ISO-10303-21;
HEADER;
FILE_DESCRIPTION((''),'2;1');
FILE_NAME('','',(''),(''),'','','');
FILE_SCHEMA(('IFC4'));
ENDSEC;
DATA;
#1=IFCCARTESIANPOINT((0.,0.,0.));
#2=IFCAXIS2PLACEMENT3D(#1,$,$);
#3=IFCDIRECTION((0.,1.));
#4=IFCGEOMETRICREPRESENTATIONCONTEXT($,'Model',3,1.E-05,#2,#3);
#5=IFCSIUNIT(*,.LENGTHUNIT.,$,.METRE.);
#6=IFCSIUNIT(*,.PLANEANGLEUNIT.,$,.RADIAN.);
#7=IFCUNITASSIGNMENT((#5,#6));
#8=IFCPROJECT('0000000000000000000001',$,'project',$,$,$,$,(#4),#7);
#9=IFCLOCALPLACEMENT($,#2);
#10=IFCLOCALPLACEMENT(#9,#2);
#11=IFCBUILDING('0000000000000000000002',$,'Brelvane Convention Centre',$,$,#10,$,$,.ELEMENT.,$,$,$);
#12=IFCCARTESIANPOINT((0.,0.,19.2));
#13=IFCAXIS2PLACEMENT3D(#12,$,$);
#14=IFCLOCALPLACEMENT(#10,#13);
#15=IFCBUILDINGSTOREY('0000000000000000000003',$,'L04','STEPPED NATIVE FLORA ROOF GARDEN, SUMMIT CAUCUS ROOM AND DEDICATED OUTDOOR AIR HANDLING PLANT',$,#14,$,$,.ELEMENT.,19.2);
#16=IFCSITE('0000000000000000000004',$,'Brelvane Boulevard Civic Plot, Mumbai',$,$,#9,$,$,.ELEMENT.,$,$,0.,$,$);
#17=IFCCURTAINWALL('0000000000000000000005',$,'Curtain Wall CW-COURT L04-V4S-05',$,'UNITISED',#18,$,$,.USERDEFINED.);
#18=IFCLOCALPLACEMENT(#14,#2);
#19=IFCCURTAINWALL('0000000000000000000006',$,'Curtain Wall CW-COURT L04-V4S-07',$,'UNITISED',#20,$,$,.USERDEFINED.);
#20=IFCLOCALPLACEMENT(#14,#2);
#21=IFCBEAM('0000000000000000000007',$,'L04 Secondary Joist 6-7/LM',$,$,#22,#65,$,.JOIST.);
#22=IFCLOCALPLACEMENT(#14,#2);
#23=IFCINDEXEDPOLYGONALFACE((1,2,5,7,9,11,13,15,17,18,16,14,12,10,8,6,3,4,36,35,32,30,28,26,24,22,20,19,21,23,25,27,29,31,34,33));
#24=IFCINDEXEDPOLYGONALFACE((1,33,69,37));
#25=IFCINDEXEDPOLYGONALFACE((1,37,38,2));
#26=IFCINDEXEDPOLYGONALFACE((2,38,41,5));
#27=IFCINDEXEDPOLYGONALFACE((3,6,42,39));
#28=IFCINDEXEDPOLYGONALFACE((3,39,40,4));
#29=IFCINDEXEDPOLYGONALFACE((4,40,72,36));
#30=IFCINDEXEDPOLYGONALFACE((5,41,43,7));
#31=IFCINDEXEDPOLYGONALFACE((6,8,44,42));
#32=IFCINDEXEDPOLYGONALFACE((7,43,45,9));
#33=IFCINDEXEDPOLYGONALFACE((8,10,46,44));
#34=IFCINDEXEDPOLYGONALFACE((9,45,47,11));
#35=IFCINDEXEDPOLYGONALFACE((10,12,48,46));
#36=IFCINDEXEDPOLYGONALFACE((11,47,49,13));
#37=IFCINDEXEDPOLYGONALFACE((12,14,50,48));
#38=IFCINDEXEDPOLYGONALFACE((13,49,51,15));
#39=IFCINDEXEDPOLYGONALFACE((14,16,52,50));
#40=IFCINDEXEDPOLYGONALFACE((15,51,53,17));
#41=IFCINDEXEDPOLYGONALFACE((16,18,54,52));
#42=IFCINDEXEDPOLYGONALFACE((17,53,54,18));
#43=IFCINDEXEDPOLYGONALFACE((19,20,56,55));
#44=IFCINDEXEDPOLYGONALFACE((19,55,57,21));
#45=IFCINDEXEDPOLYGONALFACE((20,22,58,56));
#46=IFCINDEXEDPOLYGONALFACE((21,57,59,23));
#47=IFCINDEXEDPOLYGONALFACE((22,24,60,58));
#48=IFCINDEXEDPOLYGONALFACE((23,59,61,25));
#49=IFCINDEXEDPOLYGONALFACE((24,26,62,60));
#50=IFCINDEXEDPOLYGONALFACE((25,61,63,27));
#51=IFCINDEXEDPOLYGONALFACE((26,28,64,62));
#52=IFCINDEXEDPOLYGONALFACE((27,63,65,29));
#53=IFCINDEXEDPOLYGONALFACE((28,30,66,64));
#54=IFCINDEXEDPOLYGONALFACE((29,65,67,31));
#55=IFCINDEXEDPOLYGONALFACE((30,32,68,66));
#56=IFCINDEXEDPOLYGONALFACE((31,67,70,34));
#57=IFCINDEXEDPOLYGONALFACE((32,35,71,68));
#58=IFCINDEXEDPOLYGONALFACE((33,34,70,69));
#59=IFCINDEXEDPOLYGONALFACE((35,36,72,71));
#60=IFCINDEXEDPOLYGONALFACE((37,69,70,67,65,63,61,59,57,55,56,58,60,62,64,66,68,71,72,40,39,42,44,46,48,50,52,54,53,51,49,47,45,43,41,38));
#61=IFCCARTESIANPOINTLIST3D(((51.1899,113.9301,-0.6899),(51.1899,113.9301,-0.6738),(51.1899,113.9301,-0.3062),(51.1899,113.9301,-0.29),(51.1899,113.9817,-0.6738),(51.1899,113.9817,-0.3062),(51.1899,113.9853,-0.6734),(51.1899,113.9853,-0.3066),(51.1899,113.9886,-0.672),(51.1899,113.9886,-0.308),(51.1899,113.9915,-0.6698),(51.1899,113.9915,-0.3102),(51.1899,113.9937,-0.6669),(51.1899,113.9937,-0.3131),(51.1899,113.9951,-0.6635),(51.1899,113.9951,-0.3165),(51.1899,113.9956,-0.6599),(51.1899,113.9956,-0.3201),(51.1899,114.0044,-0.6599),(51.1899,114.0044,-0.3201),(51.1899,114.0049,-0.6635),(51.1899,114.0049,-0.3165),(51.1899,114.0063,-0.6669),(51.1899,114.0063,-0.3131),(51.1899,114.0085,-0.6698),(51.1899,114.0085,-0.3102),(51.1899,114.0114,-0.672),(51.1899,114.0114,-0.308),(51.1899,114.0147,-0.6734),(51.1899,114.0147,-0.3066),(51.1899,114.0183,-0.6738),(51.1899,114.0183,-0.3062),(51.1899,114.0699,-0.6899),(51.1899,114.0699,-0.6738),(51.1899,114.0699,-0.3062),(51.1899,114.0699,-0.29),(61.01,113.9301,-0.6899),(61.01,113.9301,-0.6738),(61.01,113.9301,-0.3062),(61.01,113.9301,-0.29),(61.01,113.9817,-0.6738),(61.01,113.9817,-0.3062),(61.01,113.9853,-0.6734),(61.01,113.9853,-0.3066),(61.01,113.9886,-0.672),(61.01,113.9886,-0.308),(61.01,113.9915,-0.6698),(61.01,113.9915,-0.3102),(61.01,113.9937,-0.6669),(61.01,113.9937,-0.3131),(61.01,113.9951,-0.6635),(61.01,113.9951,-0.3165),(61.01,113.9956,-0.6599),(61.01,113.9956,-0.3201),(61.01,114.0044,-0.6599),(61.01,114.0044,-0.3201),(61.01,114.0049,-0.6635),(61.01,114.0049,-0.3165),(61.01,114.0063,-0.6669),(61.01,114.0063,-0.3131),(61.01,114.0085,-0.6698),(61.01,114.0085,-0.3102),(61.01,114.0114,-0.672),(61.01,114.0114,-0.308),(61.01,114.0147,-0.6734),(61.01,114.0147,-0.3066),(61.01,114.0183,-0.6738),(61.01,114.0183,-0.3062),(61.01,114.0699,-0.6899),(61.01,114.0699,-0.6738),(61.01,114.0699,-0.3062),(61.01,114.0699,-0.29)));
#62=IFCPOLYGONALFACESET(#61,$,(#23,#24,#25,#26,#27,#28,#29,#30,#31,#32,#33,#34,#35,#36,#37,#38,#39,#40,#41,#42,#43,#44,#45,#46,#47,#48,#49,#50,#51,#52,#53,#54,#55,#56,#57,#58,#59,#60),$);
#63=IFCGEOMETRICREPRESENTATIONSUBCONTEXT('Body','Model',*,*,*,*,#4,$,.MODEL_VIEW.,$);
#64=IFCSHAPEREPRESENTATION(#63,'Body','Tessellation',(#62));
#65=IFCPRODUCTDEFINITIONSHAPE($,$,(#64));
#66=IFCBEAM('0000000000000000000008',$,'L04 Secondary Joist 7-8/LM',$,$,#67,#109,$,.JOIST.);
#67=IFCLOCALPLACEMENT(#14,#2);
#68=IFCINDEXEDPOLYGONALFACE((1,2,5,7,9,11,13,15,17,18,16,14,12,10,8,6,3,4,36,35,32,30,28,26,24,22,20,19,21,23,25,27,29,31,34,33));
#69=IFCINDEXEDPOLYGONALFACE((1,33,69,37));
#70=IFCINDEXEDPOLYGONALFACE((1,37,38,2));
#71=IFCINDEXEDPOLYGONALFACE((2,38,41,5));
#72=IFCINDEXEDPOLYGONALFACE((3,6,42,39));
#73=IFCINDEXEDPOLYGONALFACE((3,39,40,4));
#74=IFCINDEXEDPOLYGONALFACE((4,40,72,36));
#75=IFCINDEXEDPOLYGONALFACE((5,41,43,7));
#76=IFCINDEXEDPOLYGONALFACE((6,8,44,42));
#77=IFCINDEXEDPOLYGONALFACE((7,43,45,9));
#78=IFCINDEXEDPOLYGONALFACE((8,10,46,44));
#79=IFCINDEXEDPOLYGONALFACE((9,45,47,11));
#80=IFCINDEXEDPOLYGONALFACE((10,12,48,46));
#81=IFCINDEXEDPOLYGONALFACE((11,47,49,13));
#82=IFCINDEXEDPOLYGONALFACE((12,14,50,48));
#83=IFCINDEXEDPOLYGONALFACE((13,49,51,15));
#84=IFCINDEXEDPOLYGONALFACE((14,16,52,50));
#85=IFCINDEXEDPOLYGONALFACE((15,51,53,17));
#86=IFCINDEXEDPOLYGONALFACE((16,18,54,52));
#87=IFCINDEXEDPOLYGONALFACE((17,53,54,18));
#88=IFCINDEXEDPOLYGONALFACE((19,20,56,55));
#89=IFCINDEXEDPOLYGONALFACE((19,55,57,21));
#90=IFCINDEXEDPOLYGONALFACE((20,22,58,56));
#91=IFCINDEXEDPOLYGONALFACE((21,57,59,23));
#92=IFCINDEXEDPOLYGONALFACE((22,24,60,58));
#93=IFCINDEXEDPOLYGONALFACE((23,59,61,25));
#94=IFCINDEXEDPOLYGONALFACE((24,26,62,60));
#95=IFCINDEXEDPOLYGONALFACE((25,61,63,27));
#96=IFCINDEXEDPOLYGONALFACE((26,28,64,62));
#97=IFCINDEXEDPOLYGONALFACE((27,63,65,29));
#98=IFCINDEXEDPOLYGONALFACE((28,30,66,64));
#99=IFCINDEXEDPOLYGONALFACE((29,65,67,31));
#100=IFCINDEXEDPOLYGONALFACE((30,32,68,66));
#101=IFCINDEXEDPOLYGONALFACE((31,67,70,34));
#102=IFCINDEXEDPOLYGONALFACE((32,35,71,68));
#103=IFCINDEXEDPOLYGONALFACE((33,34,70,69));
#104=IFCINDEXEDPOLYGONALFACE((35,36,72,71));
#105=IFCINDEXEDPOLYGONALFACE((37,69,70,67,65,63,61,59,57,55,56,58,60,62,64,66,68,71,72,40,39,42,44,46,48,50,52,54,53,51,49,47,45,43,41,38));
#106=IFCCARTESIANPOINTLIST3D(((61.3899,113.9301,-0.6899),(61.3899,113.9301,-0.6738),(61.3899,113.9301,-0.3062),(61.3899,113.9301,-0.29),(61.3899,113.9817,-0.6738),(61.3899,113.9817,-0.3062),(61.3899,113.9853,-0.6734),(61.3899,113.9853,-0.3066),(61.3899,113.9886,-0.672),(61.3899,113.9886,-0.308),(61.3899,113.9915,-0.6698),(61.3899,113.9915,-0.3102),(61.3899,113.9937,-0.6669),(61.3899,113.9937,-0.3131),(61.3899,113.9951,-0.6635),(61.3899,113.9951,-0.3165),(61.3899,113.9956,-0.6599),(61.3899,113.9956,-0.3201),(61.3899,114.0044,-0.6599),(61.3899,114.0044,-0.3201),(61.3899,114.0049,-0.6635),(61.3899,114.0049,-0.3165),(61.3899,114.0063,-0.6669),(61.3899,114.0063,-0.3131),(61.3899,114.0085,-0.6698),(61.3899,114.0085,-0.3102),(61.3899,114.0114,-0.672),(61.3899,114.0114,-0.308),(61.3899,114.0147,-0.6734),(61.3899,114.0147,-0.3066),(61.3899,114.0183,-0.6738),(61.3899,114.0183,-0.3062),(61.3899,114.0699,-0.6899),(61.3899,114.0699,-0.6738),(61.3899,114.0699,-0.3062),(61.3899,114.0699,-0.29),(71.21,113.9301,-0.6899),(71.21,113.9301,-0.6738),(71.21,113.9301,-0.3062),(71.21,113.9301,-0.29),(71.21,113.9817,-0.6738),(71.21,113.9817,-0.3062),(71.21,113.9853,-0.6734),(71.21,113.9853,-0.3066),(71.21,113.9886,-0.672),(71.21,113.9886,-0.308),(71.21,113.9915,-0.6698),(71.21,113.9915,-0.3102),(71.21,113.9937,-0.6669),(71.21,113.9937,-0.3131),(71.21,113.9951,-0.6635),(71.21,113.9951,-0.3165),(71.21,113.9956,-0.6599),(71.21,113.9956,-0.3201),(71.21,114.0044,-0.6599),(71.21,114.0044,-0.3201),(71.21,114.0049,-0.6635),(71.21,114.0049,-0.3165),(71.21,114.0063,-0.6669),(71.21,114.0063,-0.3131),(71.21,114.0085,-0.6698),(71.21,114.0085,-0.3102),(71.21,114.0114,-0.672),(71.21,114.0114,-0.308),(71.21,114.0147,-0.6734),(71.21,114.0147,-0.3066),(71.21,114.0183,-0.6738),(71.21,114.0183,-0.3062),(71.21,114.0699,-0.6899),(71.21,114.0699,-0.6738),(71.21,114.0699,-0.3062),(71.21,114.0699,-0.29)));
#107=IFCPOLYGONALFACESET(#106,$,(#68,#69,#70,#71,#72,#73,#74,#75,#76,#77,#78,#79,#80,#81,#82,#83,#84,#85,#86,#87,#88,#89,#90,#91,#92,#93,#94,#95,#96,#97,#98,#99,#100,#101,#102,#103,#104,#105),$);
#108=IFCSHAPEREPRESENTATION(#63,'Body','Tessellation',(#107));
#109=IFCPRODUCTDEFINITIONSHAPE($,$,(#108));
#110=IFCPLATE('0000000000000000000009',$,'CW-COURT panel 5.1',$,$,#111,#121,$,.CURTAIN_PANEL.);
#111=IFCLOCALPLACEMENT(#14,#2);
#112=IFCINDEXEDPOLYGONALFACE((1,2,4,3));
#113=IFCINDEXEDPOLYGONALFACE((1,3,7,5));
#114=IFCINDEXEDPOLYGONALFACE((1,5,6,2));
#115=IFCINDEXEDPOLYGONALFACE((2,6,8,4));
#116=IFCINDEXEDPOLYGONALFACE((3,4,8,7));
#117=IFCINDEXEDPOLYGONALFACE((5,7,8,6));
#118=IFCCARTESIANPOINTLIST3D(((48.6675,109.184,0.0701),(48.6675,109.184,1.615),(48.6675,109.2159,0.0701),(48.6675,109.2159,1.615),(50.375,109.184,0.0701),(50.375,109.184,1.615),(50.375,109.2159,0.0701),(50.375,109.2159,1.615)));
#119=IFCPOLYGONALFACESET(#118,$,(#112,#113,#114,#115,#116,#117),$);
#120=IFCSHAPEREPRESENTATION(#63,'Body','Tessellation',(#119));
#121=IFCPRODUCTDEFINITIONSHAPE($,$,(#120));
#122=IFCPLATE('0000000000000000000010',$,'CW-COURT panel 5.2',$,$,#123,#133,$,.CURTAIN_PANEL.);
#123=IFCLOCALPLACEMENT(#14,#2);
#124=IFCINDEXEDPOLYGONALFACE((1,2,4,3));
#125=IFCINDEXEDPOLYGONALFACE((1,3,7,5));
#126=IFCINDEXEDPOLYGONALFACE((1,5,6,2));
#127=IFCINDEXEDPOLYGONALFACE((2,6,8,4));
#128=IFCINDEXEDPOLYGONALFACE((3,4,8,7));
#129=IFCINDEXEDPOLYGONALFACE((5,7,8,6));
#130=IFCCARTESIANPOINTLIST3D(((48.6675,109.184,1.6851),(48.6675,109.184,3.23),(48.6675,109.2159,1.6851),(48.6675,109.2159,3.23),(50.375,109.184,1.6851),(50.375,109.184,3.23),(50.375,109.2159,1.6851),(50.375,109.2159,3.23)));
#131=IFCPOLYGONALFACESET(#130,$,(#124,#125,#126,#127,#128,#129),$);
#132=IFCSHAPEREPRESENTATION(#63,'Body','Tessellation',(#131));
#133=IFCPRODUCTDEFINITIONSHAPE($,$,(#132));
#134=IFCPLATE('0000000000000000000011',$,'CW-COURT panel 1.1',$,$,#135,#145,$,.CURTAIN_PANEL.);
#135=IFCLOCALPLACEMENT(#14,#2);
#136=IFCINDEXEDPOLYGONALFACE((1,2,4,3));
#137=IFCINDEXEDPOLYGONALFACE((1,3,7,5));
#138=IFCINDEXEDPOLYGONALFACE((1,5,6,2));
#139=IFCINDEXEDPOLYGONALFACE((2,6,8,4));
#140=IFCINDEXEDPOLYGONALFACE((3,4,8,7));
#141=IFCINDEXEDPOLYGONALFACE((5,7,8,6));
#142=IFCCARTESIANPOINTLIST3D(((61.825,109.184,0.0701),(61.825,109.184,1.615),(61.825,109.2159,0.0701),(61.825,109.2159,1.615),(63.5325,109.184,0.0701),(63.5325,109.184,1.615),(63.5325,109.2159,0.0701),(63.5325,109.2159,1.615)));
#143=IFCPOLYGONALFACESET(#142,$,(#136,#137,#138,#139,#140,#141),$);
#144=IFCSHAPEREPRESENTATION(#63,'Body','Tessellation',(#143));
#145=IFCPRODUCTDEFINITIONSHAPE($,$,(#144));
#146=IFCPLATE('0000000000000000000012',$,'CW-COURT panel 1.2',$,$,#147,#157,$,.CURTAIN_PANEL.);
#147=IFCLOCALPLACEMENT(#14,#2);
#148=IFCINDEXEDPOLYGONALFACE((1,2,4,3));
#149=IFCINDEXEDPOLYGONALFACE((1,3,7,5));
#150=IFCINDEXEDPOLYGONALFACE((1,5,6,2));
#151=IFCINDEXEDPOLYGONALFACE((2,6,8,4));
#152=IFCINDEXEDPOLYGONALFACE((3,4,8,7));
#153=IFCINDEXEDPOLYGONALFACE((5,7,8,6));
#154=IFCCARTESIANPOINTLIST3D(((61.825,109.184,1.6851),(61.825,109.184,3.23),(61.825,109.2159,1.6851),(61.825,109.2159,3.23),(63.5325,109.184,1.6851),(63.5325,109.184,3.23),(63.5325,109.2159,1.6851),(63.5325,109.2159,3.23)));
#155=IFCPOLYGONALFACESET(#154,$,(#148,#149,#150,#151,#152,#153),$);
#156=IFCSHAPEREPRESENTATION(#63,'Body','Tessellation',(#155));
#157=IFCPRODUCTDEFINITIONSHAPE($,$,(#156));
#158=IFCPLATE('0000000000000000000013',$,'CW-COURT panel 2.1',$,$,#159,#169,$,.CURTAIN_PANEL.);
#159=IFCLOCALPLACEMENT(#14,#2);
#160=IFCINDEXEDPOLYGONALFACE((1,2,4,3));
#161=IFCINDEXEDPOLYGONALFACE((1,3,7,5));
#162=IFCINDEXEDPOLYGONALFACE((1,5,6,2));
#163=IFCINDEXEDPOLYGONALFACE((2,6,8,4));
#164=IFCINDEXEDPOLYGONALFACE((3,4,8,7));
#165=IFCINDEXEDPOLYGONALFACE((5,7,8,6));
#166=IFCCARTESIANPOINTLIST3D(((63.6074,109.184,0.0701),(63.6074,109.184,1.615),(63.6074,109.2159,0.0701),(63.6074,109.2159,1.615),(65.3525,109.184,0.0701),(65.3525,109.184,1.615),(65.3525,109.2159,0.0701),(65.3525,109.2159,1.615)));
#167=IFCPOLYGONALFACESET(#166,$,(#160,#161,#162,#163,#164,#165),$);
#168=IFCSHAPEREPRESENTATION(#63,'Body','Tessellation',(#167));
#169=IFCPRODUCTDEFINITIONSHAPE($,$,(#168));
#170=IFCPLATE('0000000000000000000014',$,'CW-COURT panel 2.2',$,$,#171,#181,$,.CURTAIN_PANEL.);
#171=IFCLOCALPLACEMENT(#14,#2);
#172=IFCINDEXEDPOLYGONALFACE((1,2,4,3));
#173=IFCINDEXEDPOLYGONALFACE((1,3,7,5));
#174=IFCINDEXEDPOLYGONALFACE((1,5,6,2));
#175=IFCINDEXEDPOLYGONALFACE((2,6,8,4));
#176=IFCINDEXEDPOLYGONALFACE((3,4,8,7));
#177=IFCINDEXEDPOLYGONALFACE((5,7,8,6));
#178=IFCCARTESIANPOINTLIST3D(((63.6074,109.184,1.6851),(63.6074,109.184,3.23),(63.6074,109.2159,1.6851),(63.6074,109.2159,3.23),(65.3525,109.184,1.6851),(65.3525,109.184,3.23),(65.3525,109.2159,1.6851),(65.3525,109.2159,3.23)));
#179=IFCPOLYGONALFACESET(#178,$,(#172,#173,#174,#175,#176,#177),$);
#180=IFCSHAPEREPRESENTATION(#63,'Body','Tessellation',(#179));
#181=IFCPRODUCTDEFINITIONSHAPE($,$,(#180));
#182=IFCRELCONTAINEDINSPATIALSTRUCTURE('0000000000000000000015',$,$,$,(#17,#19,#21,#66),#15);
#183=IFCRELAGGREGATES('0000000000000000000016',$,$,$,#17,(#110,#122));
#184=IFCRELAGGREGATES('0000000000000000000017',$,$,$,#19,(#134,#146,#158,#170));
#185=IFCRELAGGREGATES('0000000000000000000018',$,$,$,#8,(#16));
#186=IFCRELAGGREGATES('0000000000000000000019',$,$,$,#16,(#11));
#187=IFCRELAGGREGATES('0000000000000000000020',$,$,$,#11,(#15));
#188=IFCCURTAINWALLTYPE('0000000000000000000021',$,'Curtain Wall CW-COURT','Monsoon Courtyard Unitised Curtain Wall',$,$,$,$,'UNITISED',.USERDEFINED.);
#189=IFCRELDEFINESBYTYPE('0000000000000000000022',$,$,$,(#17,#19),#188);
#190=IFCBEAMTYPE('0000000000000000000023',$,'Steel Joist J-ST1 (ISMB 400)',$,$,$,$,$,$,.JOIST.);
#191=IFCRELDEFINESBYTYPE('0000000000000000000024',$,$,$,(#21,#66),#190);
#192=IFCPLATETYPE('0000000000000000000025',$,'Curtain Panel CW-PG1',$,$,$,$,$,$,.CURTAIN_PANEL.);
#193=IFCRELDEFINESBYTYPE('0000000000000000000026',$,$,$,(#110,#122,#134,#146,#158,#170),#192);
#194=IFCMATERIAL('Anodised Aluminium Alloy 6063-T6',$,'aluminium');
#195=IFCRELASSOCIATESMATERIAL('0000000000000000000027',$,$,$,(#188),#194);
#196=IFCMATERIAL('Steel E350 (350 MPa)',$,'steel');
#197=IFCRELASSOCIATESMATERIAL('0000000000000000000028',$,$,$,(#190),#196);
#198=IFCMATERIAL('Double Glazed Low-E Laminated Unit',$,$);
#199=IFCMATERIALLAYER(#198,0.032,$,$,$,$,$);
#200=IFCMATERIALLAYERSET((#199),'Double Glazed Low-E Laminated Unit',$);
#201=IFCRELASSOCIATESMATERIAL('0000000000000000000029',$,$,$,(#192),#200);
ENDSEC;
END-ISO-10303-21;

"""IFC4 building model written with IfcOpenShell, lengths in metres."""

from ifc_helpers import new_model, si_unit, direction, frame, origin, origin_2d, place, context, subcontext, project, spatial, rectangle, i_section, extrude, material, layer, layer_set, material_profile, profile_set, type_object, element, aggregate, save


model = new_model("IFC4")

# Units and contexts
model_context = context("Model", 3, precision=1e-05, world=origin(), true_north=direction((0.0, 1.0)))
body_context = subcontext(model_context, "Body", "Model", "MODEL_VIEW")
ifc_project = project(units=[si_unit("LENGTHUNIT", "METRE"), si_unit("PLANEANGLEUNIT", "RADIAN")], contexts=[model_context])

# Site, building, storey
site_placement = place(None, origin())
site = spatial("IfcSite", under=ifc_project, at=site_placement, Name="Brelvane Boulevard Civic Plot, Mumbai", CompositionType="ELEMENT", RefElevation=0.0)
building_placement = place(site_placement, origin())
building = spatial("IfcBuilding", under=site, at=building_placement, Name="Brelvane Convention Centre", CompositionType="ELEMENT")
storey_placement = place(building_placement, frame((0.0, 0.0, 19.2)))
storey = spatial("IfcBuildingStorey", under=building, at=storey_placement, Name="L04", Description="STEPPED NATIVE FLORA ROOF GARDEN, SUMMIT CAUCUS ROOM AND DEDICATED OUTDOOR AIR HANDLING PLANT", CompositionType="ELEMENT", Elevation=19.2)

# Curtain walls
ifc_material_1 = material(Name="Anodised Aluminium Alloy 6063-T6", Category="aluminium")
curtain_wall_type = type_object("IfcCurtainWallType", Name="Curtain Wall CW-COURT", Description="Monsoon Courtyard Unitised Curtain Wall", ElementType="UNITISED", PredefinedType="USERDEFINED", material=ifc_material_1)
curtain_wall_1_placement = place(storey_placement, origin())
curtain_wall_1 = element("IfcCurtainWall", 1, at=curtain_wall_1_placement, inside=storey, type_object=curtain_wall_type, Name="Curtain Wall CW-COURT L04-V4S-05", ObjectType="UNITISED", PredefinedType="USERDEFINED")
curtain_wall_2_placement = place(storey_placement, origin())
curtain_wall_2 = element("IfcCurtainWall", 2, at=curtain_wall_2_placement, inside=storey, type_object=curtain_wall_type, Name="Curtain Wall CW-COURT L04-V4S-07", ObjectType="UNITISED", PredefinedType="USERDEFINED")

# Beams
ifc_material_2 = material(Name="Steel E350 (350 MPa)", Category="steel")
ifc_material_profile_1 = material_profile(ifc_material_2, i_section(OverallWidth=0.1399, OverallDepth=0.3999, WebThickness=0.0088, FlangeThickness=0.0161, FilletRadius=0.0139, at=origin_2d()), Name="ISMB 400")
ifc_profile_set_1 = profile_set([ifc_material_profile_1], Name="Steel E350 (350 MPa)")
beam_type_1 = type_object("IfcBeamType", Name="Steel Joist J-ST1 (ISMB 400)", PredefinedType="JOIST", material=ifc_profile_set_1)
for number, where, z_axis, x_axis, name in (
    (3, (51.1899, 114.0, -0.49), (1.0, 0.0, 0.0), (0.0, 1.0, 0.0), "L04 Secondary Joist 6-7/LM"),
    (4, (61.3899, 114.0, -0.49), (1.0, 0.0, 0.0), (0.0, 1.0, 0.0), "L04 Secondary Joist 7-8/LM"),
):
    element("IfcBeam", number, at=place(storey_placement, frame(where, z_axis=z_axis, x_axis=x_axis)), inside=storey, type_object=beam_type_1, Name=name, PredefinedType="JOIST", context=body_context, shape_type="SweptSolid", body=[
        extrude(i_section(OverallWidth=0.1399, OverallDepth=0.3999, WebThickness=0.0088, FlangeThickness=0.0161, FilletRadius=0.0139, at=origin_2d()), origin(), (0.0, 0.0, 1.0), 9.8201),
    ])

# Plates
ifc_material_3 = material(Name="Double Glazed Low-E Laminated Unit")
ifc_layer_1 = layer(ifc_material_3, 0.032)
ifc_layer_set_1 = layer_set([ifc_layer_1], Name="Double Glazed Low-E Laminated Unit")
plate_type = type_object("IfcPlateType", Name="Curtain Panel CW-PG1", PredefinedType="CURTAIN_PANEL", material=ifc_layer_set_1)
plate_1_placement = place(storey_placement, frame((49.5212, 109.2, 0.0701), z_axis=(0.0, 0.0, 1.0), x_axis=(1.0, 0.0, 0.0)))
plate_1 = element("IfcPlate", 5, at=plate_1_placement, type_object=plate_type, Name="CW-COURT panel 5.1", PredefinedType="CURTAIN_PANEL", context=body_context, shape_type="SweptSolid", body=[
    extrude(rectangle(XDim=1.7075, YDim=0.032, at=origin_2d()), origin(), (0.0, 0.0, 1.0), 1.5449),
])
plate_2_placement = place(storey_placement, frame((49.5212, 109.2, 1.6851), z_axis=(0.0, 0.0, 1.0), x_axis=(1.0, 0.0, 0.0)))
plate_2 = element("IfcPlate", 6, at=plate_2_placement, type_object=plate_type, Name="CW-COURT panel 5.2", PredefinedType="CURTAIN_PANEL", context=body_context, shape_type="SweptSolid", body=[
    extrude(rectangle(XDim=1.7075, YDim=0.032, at=origin_2d()), origin(), (0.0, 0.0, 1.0), 1.5449),
])
aggregate(curtain_wall_1, [plate_1, plate_2])
plate_3_placement = place(storey_placement, frame((62.6787, 109.2, 0.0701), z_axis=(0.0, 0.0, 1.0), x_axis=(1.0, 0.0, 0.0)))
plate_3 = element("IfcPlate", 7, at=plate_3_placement, type_object=plate_type, Name="CW-COURT panel 1.1", PredefinedType="CURTAIN_PANEL", context=body_context, shape_type="SweptSolid", body=[
    extrude(rectangle(XDim=1.7075, YDim=0.032, at=origin_2d()), origin(), (0.0, 0.0, 1.0), 1.5449),
])
plate_4_placement = place(storey_placement, frame((62.6787, 109.2, 1.6851), z_axis=(0.0, 0.0, 1.0), x_axis=(1.0, 0.0, 0.0)))
plate_4 = element("IfcPlate", 8, at=plate_4_placement, type_object=plate_type, Name="CW-COURT panel 1.2", PredefinedType="CURTAIN_PANEL", context=body_context, shape_type="SweptSolid", body=[
    extrude(rectangle(XDim=1.7075, YDim=0.032, at=origin_2d()), origin(), (0.0, 0.0, 1.0), 1.5449),
])
plate_5_placement = place(storey_placement, frame((64.48, 109.2, 0.0701), z_axis=(0.0, 0.0, 1.0), x_axis=(1.0, 0.0, 0.0)))
plate_5 = element("IfcPlate", 9, at=plate_5_placement, type_object=plate_type, Name="CW-COURT panel 2.1", PredefinedType="CURTAIN_PANEL", context=body_context, shape_type="SweptSolid", body=[
    extrude(rectangle(XDim=1.7451, YDim=0.032, at=origin_2d()), origin(), (0.0, 0.0, 1.0), 1.5449),
])
plate_6_placement = place(storey_placement, frame((64.48, 109.2, 1.6851), z_axis=(0.0, 0.0, 1.0), x_axis=(1.0, 0.0, 0.0)))
plate_6 = element("IfcPlate", 10, at=plate_6_placement, type_object=plate_type, Name="CW-COURT panel 2.2", PredefinedType="CURTAIN_PANEL", context=body_context, shape_type="SweptSolid", body=[
    extrude(rectangle(XDim=1.7451, YDim=0.032, at=origin_2d()), origin(), (0.0, 0.0, 1.0), 1.5449),
])
aggregate(curtain_wall_2, [plate_3, plate_4, plate_5, plate_6])

save(model, "model.ifc")
